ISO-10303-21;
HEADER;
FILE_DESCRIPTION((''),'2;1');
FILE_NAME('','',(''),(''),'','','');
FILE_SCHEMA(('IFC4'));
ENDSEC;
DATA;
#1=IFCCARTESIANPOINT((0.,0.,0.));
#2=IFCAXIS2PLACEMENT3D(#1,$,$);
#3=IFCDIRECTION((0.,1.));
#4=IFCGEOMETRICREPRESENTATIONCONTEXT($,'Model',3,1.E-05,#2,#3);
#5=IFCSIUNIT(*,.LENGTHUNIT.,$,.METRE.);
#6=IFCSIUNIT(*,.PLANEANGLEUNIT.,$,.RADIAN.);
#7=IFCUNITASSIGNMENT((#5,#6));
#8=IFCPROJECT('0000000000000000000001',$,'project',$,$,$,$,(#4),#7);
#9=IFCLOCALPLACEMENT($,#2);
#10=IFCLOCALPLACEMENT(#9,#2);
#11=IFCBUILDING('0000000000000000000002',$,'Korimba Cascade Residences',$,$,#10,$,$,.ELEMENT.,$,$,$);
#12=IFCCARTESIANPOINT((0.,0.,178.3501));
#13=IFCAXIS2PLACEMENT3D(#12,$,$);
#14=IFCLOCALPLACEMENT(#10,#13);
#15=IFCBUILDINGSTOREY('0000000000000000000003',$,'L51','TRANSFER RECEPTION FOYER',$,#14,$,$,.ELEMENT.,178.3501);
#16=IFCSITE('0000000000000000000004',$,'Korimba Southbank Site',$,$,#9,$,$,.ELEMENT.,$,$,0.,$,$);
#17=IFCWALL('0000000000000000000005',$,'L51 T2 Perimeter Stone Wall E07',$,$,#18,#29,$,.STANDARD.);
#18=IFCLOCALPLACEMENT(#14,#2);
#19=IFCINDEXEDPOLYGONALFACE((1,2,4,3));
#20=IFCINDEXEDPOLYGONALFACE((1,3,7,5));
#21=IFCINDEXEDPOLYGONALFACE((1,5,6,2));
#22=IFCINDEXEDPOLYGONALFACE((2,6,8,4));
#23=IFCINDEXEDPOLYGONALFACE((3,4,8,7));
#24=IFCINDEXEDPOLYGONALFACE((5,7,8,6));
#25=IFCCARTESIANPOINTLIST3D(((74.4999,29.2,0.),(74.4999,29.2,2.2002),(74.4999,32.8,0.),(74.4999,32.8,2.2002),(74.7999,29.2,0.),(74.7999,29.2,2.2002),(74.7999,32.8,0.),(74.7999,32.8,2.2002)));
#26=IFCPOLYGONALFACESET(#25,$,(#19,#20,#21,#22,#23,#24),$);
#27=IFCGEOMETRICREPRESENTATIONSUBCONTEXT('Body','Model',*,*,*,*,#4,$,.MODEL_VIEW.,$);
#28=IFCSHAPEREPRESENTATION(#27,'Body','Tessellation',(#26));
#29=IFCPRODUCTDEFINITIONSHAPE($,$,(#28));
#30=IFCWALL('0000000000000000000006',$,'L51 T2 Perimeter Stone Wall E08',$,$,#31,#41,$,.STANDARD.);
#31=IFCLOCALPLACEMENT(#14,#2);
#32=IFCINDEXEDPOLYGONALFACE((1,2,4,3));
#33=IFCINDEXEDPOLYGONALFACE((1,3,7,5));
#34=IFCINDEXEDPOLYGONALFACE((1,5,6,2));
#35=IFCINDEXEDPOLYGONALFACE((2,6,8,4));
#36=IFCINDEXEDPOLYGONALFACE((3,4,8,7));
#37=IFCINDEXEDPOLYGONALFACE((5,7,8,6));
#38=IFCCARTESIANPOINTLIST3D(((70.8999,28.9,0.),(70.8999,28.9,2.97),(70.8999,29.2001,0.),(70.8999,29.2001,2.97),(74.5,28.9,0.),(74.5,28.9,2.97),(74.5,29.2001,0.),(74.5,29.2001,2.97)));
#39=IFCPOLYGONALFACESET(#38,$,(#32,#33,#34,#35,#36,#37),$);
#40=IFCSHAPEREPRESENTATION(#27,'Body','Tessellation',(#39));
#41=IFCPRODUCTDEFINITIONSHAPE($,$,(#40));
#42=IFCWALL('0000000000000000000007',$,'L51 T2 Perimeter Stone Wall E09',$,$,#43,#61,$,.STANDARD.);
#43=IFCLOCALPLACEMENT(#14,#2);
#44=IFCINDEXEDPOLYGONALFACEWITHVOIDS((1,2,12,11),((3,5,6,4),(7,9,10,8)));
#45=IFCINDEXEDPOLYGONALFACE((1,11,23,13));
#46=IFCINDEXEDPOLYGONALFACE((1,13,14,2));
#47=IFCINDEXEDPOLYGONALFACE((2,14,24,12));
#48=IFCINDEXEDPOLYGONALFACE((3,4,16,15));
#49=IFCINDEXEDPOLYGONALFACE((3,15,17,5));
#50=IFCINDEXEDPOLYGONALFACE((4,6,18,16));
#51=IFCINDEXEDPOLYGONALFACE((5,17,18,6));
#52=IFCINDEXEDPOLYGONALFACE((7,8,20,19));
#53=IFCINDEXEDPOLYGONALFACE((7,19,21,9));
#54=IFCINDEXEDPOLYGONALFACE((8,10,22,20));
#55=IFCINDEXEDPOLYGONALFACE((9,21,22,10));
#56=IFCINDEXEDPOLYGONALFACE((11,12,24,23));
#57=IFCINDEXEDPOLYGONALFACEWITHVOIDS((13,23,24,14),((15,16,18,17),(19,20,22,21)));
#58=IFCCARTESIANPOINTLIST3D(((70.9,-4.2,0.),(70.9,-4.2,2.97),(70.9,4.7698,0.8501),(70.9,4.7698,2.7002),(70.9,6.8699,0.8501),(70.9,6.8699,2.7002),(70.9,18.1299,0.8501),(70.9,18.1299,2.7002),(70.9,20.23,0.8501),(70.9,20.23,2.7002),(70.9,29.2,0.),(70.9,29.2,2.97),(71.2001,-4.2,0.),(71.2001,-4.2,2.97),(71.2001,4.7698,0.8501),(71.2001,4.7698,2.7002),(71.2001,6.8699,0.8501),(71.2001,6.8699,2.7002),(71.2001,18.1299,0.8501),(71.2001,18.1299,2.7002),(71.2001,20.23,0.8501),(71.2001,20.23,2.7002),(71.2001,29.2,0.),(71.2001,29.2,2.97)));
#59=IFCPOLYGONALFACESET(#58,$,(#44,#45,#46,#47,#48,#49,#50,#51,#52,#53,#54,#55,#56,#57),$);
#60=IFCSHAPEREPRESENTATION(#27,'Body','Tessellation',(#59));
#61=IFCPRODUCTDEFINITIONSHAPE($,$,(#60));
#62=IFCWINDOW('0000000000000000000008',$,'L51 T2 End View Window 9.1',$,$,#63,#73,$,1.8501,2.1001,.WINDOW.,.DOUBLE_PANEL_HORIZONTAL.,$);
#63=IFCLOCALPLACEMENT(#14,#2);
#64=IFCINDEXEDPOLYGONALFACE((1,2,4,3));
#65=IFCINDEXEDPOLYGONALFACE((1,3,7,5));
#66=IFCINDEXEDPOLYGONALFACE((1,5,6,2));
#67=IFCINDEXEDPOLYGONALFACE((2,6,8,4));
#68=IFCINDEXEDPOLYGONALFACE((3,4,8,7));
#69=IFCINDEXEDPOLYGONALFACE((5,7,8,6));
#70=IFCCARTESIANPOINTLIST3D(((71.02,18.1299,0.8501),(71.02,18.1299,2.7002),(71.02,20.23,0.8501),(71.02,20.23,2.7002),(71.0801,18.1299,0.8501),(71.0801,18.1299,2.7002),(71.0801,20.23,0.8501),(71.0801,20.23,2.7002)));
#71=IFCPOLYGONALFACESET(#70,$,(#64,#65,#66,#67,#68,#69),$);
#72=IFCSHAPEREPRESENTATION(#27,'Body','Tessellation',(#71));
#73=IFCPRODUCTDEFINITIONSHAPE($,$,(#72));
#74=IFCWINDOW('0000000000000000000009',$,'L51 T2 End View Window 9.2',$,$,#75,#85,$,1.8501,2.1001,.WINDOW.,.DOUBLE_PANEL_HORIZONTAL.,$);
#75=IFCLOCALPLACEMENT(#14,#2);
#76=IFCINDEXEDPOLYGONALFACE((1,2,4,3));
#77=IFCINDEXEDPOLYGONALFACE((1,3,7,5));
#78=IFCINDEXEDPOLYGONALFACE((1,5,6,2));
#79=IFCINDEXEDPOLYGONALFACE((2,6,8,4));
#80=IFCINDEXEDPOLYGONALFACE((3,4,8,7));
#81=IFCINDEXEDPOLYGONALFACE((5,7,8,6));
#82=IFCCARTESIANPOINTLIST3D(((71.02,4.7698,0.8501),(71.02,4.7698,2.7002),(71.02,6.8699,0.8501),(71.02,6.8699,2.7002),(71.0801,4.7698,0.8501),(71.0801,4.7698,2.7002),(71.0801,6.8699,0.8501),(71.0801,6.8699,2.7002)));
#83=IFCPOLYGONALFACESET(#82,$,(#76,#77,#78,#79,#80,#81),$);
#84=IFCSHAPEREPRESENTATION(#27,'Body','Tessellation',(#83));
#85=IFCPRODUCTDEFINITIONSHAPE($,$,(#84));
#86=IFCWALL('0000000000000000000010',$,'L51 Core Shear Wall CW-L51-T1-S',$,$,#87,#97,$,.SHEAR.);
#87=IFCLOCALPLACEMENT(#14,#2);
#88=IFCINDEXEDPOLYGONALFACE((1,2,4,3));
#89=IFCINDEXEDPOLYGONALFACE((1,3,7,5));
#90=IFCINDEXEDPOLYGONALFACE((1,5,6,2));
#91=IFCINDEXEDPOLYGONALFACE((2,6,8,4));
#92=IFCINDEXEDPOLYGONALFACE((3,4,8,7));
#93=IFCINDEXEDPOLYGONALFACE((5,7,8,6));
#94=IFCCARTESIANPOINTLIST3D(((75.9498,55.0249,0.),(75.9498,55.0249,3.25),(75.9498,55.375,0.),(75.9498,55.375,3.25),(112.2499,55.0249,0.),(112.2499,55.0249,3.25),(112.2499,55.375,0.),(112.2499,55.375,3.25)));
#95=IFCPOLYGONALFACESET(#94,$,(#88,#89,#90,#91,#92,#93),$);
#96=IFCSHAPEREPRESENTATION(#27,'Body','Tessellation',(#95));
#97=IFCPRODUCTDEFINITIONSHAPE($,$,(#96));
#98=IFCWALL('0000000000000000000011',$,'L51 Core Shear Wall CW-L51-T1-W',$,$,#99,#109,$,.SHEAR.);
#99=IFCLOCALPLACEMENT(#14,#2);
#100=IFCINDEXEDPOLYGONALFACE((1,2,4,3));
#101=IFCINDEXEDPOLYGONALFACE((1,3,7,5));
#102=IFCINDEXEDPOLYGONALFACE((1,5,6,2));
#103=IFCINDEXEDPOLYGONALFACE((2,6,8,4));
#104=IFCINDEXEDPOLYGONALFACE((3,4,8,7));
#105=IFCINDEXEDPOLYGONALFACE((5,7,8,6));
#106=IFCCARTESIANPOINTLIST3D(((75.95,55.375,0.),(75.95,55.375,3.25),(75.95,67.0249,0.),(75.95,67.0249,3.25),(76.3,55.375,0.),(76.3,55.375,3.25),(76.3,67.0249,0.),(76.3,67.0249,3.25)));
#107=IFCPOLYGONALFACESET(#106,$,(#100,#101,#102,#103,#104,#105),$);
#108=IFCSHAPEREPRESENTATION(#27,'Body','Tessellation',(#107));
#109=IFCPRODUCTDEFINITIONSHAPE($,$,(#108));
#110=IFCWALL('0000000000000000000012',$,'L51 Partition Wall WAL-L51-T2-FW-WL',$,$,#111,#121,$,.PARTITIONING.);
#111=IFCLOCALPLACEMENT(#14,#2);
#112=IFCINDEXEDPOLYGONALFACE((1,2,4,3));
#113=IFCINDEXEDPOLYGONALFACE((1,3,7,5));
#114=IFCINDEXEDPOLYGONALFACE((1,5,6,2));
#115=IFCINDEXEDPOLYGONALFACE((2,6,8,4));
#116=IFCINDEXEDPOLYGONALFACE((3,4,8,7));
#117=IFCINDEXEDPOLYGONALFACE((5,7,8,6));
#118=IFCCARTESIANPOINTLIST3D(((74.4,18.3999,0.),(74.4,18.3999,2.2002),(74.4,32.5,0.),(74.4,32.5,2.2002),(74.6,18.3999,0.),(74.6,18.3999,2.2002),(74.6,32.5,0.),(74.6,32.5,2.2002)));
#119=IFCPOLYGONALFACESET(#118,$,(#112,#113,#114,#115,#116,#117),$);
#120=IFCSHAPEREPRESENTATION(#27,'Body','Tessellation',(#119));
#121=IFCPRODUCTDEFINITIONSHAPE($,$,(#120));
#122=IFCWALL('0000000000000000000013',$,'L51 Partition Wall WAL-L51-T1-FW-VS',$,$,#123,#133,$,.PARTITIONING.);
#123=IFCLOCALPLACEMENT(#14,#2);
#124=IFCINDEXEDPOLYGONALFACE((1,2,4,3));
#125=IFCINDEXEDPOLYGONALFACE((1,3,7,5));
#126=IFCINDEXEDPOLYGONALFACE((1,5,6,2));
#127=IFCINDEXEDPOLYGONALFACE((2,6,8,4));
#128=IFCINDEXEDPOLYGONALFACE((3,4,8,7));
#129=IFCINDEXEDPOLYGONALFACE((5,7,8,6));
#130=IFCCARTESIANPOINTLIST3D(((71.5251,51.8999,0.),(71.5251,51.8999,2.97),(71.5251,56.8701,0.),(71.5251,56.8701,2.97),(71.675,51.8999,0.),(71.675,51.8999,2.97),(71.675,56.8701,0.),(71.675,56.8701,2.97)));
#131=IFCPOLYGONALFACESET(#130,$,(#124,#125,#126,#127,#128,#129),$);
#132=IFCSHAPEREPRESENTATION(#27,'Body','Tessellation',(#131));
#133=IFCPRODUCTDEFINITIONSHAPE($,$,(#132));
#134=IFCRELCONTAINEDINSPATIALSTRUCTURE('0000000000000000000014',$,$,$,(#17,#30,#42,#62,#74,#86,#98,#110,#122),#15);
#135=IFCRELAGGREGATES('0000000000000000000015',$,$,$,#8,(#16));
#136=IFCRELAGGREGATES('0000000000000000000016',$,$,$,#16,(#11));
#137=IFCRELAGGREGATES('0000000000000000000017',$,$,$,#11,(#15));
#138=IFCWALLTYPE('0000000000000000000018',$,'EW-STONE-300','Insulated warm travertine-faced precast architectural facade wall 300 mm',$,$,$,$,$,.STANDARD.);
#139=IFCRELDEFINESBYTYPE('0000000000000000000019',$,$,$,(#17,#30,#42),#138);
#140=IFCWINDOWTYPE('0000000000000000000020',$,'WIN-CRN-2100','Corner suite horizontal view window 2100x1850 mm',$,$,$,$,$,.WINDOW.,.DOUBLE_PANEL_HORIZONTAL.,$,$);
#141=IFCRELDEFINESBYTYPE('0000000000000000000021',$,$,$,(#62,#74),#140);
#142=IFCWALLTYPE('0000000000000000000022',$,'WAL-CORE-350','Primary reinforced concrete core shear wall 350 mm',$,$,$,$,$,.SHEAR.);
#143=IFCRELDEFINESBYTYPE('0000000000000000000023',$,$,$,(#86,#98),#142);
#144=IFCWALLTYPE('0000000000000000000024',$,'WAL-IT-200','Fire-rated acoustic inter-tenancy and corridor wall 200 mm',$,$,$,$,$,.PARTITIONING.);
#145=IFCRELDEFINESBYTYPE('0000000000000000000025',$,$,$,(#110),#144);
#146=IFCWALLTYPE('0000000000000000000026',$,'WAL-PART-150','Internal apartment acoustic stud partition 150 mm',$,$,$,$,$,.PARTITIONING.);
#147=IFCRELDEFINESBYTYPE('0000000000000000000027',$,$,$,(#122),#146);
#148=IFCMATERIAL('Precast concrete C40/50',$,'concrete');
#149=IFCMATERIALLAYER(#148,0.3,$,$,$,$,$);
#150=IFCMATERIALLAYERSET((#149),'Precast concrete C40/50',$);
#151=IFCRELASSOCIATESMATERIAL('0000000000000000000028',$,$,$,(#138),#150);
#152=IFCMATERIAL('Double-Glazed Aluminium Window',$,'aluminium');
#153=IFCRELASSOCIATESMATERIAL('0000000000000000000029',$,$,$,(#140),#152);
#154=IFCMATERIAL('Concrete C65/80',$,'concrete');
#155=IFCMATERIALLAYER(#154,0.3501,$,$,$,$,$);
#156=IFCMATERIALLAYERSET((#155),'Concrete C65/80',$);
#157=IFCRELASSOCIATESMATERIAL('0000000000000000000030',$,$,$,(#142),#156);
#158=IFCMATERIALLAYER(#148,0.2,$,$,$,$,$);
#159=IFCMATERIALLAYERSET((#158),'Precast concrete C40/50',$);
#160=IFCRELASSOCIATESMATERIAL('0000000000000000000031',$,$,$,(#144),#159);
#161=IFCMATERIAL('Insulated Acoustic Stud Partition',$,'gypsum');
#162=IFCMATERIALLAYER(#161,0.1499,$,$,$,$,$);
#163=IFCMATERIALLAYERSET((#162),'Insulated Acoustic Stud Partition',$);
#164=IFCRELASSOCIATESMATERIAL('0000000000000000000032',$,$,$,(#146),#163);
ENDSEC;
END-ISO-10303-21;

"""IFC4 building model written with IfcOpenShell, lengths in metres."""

from ifc_helpers import new_model, si_unit, direction, frame, frame_2d, origin, place, context, subcontext, project, spatial, rectangle, extrude, material, layer, layer_set, type_object, element, fill, save


model = new_model("IFC4")

# Units and contexts
model_context = context("Model", 3, precision=1e-05, world=origin(), true_north=direction((0.0, 1.0)))
body_context = subcontext(model_context, "Body", "Model", "MODEL_VIEW")
ifc_project = project(units=[si_unit("LENGTHUNIT", "METRE"), si_unit("PLANEANGLEUNIT", "RADIAN")], contexts=[model_context])

# Site, building, storey
site_placement = place(None, origin())
site = spatial("IfcSite", under=ifc_project, at=site_placement, Name="Korimba Southbank Site", CompositionType="ELEMENT", RefElevation=0.0)
building_placement = place(site_placement, origin())
building = spatial("IfcBuilding", under=site, at=building_placement, Name="Korimba Cascade Residences", CompositionType="ELEMENT")
storey_placement = place(building_placement, frame((0.0, 0.0, 178.3501)))
storey = spatial("IfcBuildingStorey", under=building, at=storey_placement, Name="L51", Description="TRANSFER RECEPTION FOYER", CompositionType="ELEMENT", Elevation=178.3501)

# Shared definitions
ifc_material_1 = material(Name="Concrete C65/80", Category="concrete")

# Walls
ifc_material_2 = material(Name="Precast concrete C40/50", Category="concrete")
ifc_layer_1 = layer(ifc_material_2, 0.3)
ifc_layer_set_1 = layer_set([ifc_layer_1], Name="Precast concrete C40/50")
wall_type_1 = type_object("IfcWallType", Name="EW-STONE-300", Description="Insulated warm travertine-faced precast architectural facade wall 300 mm", PredefinedType="STANDARD", material=ifc_layer_set_1)
wall_1_placement = place(storey_placement, frame((74.6499, 32.8, 0.0), z_axis=(0.0, 0.0, 1.0), x_axis=(0.0, -1.0, 0.0)))
element("IfcWall", 1, at=wall_1_placement, inside=storey, type_object=wall_type_1, Name="L51 T2 Perimeter Stone Wall E07", PredefinedType="STANDARD", context=body_context, shape_type="SweptSolid", body=[
    extrude(rectangle(XDim=3.6001, YDim=0.3, at=frame_2d((1.8, 0.0))), origin(), (0.0, 0.0, 1.0), 2.2002),
])
wall_2_placement = place(storey_placement, frame((74.5, 29.05, 0.0), z_axis=(0.0, 0.0, 1.0), x_axis=(-1.0, 0.0, 0.0)))
element("IfcWall", 2, at=wall_2_placement, inside=storey, type_object=wall_type_1, Name="L51 T2 Perimeter Stone Wall E08", PredefinedType="STANDARD", context=body_context, shape_type="SweptSolid", body=[
    extrude(rectangle(XDim=3.6001, YDim=0.3, at=frame_2d((1.8, 0.0))), origin(), (0.0, 0.0, 1.0), 2.97),
])

# Wall, openings, windows
wall_3_placement = place(storey_placement, frame((71.05, 29.2, 0.0), z_axis=(0.0, 0.0, 1.0), x_axis=(0.0, -1.0, 0.0)))
wall_3 = element("IfcWall", 3, at=wall_3_placement, inside=storey, type_object=wall_type_1, Name="L51 T2 Perimeter Stone Wall E09", PredefinedType="STANDARD", context=body_context, shape_type="SweptSolid", body=[
    extrude(rectangle(XDim=33.3999, YDim=0.3, at=frame_2d((16.7, 0.0))), origin(), (0.0, 0.0, 1.0), 2.97),
])
opening_1_placement = place(wall_3_placement, frame((8.97, 0.0, 0.8501)))
opening_1 = element("IfcOpeningElement", 4, at=opening_1_placement, cuts=wall_3, PredefinedType="OPENING", context=body_context, shape_type="SweptSolid", body=[
    extrude(rectangle(XDim=2.1001, YDim=1.8501, at=frame_2d((1.05, 0.925))), frame((0.0, 0.1602, 0.0), z_axis=(0.0, -1.0, 0.0), x_axis=(1.0, 0.0, 0.0)), (0.0, 0.0, 1.0), 0.3201),
])
opening_2_placement = place(wall_3_placement, frame((22.3301, 0.0, 0.8501)))
opening_2 = element("IfcOpeningElement", 5, at=opening_2_placement, cuts=wall_3, PredefinedType="OPENING", context=body_context, shape_type="SweptSolid", body=[
    extrude(rectangle(XDim=2.1001, YDim=1.8501, at=frame_2d((1.05, 0.925))), frame((0.0, 0.1602, 0.0), z_axis=(0.0, -1.0, 0.0), x_axis=(1.0, 0.0, 0.0)), (0.0, 0.0, 1.0), 0.3201),
])
ifc_material_3 = material(Name="Double-Glazed Aluminium Window", Category="aluminium")
window_type = type_object("IfcWindowType", Name="WIN-CRN-2100", Description="Corner suite horizontal view window 2100x1850 mm", PartitioningType="DOUBLE_PANEL_HORIZONTAL", PredefinedType="WINDOW", material=ifc_material_3)
window_1_placement = place(opening_1_placement, origin())
window_1 = element("IfcWindow", 6, at=window_1_placement, inside=storey, type_object=window_type, Name="L51 T2 End View Window 9.1", OverallHeight=1.8501, OverallWidth=2.1001, PartitioningType="DOUBLE_PANEL_HORIZONTAL", PredefinedType="WINDOW", context=body_context, shape_type="SweptSolid", body=[
    extrude(rectangle(XDim=2.1001, YDim=1.8501, at=frame_2d((1.05, 0.925))), frame((0.0, 0.03, 0.0), z_axis=(0.0, -1.0, 0.0), x_axis=(1.0, 0.0, 0.0)), (0.0, 0.0, 1.0), 0.0601),
])
fill(opening_1, window_1)
window_2_placement = place(opening_2_placement, origin())
window_2 = element("IfcWindow", 7, at=window_2_placement, inside=storey, type_object=window_type, Name="L51 T2 End View Window 9.2", OverallHeight=1.8501, OverallWidth=2.1001, PartitioningType="DOUBLE_PANEL_HORIZONTAL", PredefinedType="WINDOW", context=body_context, shape_type="SweptSolid", body=[
    extrude(rectangle(XDim=2.1001, YDim=1.8501, at=frame_2d((1.05, 0.925))), frame((0.0, 0.03, 0.0), z_axis=(0.0, -1.0, 0.0), x_axis=(1.0, 0.0, 0.0)), (0.0, 0.0, 1.0), 0.0601),
])
fill(opening_2, window_2)

# Walls
ifc_layer_2 = layer(ifc_material_1, 0.3501)
ifc_layer_set_2 = layer_set([ifc_layer_2], Name="Concrete C65/80")
wall_type_2 = type_object("IfcWallType", Name="WAL-CORE-350", Description="Primary reinforced concrete core shear wall 350 mm", PredefinedType="SHEAR", material=ifc_layer_set_2)
wall_4_placement = place(storey_placement, frame((75.95, 55.2, 0.0), z_axis=(0.0, 0.0, 1.0), x_axis=(1.0, 0.0, 0.0)))
element("IfcWall", 8, at=wall_4_placement, inside=storey, type_object=wall_type_2, Name="L51 Core Shear Wall CW-L51-T1-S", PredefinedType="SHEAR", context=body_context, shape_type="SweptSolid", body=[
    extrude(rectangle(XDim=36.3, YDim=0.3501, at=frame_2d((18.1499, 0.0))), origin(), (0.0, 0.0, 1.0), 3.25),
])
wall_5_placement = place(storey_placement, frame((76.125, 55.375, 0.0), z_axis=(0.0, 0.0, 1.0), x_axis=(0.0, 1.0, 0.0)))
element("IfcWall", 9, at=wall_5_placement, inside=storey, type_object=wall_type_2, Name="L51 Core Shear Wall CW-L51-T1-W", PredefinedType="SHEAR", context=body_context, shape_type="SweptSolid", body=[
    extrude(rectangle(XDim=11.6499, YDim=0.3501, at=frame_2d((5.825, 0.0))), origin(), (0.0, 0.0, 1.0), 3.25),
])
ifc_layer_3 = layer(ifc_material_2, 0.2)
ifc_layer_set_3 = layer_set([ifc_layer_3], Name="Precast concrete C40/50")
wall_type_3 = type_object("IfcWallType", Name="WAL-IT-200", Description="Fire-rated acoustic inter-tenancy and corridor wall 200 mm", PredefinedType="PARTITIONING", material=ifc_layer_set_3)
wall_6_placement = place(storey_placement, frame((74.5, 18.3999, 0.0), z_axis=(0.0, 0.0, 1.0), x_axis=(0.0, 1.0, 0.0)))
element("IfcWall", 10, at=wall_6_placement, inside=storey, type_object=wall_type_3, Name="L51 Partition Wall WAL-L51-T2-FW-WL", PredefinedType="PARTITIONING", context=body_context, shape_type="SweptSolid", body=[
    extrude(rectangle(XDim=14.1001, YDim=0.2, at=frame_2d((7.05, 0.0))), origin(), (0.0, 0.0, 1.0), 2.2002),
])

# Wall
ifc_material_4 = material(Name="Insulated Acoustic Stud Partition", Category="gypsum")
ifc_layer_4 = layer(ifc_material_4, 0.1499)
ifc_layer_set_4 = layer_set([ifc_layer_4], Name="Insulated Acoustic Stud Partition")
wall_type_4 = type_object("IfcWallType", Name="WAL-PART-150", Description="Internal apartment acoustic stud partition 150 mm", PredefinedType="PARTITIONING", material=ifc_layer_set_4)
wall_7_placement = place(storey_placement, frame((71.6001, 51.8999, 0.0), z_axis=(0.0, 0.0, 1.0), x_axis=(0.0, 1.0, 0.0)))
element("IfcWall", 11, at=wall_7_placement, inside=storey, type_object=wall_type_4, Name="L51 Partition Wall WAL-L51-T1-FW-VS", PredefinedType="PARTITIONING", context=body_context, shape_type="SweptSolid", body=[
    extrude(rectangle(XDim=4.9702, YDim=0.1499, at=frame_2d((2.4851, 0.0))), origin(), (0.0, 0.0, 1.0), 2.97),
])

save(model, "model.ifc")
